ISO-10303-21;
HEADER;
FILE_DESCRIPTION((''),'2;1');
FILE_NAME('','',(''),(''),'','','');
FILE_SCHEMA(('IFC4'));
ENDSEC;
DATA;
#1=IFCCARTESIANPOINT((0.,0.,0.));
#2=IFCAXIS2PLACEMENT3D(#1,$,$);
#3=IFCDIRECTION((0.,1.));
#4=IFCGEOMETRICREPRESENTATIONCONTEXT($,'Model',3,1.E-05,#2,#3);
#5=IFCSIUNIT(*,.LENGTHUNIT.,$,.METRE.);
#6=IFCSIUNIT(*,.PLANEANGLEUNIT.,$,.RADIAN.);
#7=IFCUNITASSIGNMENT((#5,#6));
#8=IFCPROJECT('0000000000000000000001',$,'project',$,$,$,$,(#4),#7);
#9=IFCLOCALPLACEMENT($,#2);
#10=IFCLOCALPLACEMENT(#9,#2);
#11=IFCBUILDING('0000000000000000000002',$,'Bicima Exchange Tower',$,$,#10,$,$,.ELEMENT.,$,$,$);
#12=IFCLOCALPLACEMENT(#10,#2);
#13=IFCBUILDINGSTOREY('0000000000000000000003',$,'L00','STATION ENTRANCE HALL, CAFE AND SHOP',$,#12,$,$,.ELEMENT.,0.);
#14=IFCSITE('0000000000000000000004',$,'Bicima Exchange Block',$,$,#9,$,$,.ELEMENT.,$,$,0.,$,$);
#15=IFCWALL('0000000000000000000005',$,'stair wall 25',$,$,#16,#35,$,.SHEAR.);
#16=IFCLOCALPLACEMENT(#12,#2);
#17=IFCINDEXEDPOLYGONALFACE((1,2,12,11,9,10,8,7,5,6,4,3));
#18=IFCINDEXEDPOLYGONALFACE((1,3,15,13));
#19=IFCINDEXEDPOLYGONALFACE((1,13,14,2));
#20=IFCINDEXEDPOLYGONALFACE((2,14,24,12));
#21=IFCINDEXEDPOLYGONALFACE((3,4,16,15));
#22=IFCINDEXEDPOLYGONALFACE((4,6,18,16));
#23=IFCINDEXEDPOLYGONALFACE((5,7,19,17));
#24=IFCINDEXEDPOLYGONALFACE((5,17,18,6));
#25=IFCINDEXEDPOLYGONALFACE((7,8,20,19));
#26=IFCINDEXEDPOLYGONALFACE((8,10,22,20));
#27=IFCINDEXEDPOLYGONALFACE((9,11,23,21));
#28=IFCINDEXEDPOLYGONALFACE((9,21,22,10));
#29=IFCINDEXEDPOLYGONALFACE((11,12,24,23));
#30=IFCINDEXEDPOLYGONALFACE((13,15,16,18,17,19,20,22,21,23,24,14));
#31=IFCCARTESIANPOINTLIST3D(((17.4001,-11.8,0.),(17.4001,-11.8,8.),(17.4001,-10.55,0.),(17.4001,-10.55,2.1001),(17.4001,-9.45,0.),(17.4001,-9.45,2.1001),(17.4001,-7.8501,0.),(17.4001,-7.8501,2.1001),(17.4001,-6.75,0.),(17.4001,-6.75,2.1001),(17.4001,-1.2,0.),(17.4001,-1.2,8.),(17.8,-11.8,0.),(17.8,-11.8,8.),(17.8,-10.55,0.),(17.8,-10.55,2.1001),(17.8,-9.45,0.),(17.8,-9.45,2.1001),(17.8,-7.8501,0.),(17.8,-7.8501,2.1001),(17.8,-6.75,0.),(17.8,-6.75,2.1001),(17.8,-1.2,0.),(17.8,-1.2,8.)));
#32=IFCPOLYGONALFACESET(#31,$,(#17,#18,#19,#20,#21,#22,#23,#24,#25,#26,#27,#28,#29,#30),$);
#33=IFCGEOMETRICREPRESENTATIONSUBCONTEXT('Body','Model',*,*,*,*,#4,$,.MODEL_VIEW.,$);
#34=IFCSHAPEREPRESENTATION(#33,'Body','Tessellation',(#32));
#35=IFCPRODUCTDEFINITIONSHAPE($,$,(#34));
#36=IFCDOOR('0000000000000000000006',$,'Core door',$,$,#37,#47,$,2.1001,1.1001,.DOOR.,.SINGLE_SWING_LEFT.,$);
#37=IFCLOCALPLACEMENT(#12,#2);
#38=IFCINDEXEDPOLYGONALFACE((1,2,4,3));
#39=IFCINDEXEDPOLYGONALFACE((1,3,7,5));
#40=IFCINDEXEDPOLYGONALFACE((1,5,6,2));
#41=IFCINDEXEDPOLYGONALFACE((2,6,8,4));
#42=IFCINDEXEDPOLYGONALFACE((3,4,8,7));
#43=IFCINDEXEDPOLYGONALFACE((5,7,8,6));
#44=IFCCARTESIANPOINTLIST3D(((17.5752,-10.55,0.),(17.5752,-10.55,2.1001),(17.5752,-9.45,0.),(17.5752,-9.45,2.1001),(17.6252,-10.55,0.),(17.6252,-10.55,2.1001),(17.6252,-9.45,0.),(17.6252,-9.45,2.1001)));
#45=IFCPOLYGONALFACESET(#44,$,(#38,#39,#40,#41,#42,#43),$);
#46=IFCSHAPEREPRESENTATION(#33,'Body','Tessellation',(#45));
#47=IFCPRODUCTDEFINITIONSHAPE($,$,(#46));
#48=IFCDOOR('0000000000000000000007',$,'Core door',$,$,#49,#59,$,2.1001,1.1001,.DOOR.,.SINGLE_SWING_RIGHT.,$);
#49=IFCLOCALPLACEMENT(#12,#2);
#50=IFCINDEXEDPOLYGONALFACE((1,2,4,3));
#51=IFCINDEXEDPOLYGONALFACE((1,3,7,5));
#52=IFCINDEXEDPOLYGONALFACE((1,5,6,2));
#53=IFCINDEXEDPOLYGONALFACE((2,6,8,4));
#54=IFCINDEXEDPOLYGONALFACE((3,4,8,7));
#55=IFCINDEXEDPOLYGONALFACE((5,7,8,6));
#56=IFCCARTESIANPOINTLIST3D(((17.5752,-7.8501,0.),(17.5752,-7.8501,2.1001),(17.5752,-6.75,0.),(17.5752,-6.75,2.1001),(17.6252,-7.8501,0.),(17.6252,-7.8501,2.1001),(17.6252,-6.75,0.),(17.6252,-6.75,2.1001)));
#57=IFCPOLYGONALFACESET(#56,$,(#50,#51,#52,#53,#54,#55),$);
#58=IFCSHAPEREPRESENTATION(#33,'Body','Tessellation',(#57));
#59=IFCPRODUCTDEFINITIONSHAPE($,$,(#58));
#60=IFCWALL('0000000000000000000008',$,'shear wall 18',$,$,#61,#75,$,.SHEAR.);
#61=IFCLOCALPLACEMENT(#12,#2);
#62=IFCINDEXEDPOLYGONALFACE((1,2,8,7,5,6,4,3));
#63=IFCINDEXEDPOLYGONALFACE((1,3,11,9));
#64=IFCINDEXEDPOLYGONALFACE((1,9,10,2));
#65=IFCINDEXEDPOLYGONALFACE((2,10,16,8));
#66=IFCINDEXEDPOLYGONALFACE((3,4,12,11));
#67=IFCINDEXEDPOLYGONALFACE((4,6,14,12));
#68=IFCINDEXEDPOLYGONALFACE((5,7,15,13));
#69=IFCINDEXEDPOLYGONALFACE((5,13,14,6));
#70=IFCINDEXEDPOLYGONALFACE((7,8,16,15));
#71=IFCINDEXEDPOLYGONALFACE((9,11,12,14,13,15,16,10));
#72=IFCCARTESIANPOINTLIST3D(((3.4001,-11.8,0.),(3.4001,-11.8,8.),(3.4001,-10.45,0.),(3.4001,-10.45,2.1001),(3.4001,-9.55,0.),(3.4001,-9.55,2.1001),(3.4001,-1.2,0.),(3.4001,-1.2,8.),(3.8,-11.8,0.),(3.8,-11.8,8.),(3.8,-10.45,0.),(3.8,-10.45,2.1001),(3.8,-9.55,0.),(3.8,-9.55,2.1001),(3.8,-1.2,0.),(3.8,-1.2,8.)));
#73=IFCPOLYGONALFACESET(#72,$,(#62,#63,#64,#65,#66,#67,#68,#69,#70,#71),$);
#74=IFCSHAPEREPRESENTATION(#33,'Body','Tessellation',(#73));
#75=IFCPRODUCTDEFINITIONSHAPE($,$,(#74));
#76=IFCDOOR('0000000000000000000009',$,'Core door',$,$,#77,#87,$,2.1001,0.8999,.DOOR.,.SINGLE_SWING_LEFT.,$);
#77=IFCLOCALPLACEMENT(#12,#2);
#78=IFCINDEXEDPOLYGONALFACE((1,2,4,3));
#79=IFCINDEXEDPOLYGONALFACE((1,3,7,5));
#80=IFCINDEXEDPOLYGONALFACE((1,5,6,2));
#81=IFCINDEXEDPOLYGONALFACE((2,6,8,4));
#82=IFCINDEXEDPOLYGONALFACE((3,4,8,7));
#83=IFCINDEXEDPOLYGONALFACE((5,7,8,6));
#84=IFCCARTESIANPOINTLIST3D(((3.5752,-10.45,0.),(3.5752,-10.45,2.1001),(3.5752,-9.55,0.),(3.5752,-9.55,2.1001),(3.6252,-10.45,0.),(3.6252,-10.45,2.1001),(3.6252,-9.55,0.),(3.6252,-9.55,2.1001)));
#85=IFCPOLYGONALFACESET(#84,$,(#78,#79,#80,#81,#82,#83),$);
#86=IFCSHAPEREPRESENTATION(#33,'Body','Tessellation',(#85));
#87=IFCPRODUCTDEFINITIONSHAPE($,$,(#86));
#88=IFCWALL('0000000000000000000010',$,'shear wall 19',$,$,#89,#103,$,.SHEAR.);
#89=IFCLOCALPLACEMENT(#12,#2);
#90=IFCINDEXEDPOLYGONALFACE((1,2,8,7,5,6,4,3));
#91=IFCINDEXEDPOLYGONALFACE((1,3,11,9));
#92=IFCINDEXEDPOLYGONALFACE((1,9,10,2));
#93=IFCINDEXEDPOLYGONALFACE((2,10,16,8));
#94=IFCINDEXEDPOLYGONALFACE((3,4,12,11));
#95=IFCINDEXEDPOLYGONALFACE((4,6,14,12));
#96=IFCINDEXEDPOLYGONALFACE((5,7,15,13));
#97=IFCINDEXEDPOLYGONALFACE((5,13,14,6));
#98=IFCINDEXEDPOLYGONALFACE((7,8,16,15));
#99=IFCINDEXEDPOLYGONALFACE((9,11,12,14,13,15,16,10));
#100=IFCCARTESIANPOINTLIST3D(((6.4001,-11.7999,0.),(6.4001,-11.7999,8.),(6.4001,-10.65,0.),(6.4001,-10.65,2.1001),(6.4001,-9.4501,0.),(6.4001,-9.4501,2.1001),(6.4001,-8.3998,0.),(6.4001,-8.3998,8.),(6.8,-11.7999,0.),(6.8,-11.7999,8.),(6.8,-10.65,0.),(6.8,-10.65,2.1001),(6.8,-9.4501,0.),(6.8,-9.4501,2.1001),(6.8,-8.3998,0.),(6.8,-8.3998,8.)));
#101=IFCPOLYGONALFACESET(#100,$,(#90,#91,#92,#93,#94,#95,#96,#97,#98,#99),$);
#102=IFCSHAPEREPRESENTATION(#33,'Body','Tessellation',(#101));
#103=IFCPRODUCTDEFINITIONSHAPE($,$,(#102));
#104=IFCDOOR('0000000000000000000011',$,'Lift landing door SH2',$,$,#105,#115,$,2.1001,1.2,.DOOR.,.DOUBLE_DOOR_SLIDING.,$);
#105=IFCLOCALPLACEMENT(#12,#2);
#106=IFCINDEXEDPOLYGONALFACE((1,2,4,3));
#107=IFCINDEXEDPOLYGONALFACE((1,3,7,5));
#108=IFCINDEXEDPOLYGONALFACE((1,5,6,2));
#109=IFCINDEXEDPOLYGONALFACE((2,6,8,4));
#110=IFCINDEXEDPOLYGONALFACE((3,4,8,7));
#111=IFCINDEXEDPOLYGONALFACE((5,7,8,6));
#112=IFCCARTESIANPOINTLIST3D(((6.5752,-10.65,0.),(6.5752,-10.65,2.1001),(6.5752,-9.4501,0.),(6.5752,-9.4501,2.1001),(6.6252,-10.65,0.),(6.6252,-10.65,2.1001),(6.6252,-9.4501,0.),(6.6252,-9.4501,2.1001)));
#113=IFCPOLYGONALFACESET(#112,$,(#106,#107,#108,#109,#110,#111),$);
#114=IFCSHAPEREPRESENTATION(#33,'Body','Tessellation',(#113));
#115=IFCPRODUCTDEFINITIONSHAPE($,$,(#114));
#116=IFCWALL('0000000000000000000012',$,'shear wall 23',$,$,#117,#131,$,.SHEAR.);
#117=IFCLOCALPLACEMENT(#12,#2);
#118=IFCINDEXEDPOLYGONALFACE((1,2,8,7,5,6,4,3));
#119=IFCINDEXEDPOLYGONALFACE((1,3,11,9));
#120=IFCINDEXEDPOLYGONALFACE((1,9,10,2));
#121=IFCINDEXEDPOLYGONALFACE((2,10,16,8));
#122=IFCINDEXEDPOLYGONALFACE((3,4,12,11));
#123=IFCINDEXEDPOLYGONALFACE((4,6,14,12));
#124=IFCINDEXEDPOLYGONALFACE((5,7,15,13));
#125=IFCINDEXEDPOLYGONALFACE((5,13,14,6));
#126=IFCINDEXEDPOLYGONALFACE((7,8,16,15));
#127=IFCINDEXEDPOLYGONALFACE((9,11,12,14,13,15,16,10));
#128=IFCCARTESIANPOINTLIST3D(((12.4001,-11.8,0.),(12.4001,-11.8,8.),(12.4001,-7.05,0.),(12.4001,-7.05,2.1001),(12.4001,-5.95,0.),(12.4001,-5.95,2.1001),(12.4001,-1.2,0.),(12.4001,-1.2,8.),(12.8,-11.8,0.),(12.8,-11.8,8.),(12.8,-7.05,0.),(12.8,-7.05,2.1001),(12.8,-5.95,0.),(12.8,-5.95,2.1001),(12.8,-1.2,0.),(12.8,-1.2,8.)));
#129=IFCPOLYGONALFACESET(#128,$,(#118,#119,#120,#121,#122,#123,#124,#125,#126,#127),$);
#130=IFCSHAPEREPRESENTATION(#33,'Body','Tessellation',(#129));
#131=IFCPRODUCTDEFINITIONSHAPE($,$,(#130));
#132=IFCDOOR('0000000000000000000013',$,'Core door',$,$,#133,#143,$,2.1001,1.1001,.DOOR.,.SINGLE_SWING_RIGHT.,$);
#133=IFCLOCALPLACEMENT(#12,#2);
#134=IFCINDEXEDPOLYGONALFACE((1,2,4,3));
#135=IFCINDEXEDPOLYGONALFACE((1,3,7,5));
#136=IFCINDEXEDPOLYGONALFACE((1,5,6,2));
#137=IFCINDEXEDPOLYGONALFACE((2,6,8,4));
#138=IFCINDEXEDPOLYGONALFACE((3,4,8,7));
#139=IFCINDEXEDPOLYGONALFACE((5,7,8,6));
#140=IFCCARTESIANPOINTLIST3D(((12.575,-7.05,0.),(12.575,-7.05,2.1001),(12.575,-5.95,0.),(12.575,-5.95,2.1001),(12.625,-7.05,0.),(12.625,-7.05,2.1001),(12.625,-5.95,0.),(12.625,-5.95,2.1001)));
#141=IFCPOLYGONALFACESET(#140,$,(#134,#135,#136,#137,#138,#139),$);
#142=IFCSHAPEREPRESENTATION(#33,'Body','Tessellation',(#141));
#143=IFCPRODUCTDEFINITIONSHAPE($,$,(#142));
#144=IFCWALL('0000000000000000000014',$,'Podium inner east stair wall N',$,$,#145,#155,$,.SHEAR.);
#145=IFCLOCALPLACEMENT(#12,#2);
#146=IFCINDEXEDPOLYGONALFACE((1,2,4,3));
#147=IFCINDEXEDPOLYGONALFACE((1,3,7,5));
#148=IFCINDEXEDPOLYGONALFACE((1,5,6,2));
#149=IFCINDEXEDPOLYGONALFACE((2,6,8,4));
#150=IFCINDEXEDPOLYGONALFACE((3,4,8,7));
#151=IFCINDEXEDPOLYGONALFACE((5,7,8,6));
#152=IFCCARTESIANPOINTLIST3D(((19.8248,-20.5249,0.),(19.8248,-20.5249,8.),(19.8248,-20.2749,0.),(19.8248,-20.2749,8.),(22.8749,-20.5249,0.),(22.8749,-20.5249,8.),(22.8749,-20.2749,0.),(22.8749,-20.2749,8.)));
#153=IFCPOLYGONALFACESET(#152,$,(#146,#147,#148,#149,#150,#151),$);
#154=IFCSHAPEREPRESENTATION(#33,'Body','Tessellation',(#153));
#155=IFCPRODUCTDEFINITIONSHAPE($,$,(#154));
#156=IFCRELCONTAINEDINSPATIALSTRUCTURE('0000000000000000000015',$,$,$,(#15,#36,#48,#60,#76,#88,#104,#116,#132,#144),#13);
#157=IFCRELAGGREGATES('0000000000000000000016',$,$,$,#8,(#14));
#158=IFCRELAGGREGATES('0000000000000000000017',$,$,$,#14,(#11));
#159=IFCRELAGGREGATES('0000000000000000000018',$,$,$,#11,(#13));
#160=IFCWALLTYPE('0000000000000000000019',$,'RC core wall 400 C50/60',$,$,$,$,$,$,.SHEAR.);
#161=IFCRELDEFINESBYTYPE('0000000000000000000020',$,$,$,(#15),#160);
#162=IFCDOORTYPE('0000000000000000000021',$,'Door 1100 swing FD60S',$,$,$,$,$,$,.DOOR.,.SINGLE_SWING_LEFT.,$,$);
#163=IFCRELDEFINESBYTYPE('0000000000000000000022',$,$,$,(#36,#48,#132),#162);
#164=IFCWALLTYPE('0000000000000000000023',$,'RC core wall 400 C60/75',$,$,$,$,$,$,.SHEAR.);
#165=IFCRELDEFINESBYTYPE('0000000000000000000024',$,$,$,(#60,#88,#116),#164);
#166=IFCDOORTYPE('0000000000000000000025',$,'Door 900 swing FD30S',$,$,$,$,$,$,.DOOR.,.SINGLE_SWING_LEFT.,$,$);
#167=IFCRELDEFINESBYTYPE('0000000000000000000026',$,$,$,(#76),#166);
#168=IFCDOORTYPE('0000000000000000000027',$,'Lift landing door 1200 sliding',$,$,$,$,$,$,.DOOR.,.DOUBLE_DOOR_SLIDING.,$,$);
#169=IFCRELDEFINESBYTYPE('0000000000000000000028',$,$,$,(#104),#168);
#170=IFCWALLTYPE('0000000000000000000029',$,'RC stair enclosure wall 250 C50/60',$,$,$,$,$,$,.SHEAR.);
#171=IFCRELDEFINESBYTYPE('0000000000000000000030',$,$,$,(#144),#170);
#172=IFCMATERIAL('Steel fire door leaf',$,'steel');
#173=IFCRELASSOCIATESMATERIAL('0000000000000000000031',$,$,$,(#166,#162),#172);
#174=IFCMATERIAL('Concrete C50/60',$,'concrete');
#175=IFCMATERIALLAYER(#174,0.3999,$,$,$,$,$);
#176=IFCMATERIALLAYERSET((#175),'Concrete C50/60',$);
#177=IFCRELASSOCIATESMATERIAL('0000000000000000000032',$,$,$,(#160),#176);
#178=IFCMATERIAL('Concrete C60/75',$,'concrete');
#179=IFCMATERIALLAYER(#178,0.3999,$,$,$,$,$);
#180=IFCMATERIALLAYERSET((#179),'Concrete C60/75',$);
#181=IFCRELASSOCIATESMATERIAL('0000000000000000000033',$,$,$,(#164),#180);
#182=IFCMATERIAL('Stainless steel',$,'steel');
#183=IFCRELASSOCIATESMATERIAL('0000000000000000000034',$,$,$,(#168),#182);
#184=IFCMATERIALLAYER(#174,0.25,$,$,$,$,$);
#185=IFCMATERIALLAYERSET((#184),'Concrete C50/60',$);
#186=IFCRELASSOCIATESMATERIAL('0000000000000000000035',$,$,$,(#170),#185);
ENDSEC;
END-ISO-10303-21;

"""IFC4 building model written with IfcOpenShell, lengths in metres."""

from ifc_helpers import new_model, si_unit, direction, frame, frame_2d, origin, place, context, subcontext, project, spatial, rectangle, extrude, material, layer, layer_set, type_object, element, fill, save


model = new_model("IFC4")

# Units and contexts
model_context = context("Model", 3, precision=1e-05, world=origin(), true_north=direction((0.0, 1.0)))
body_context = subcontext(model_context, "Body", "Model", "MODEL_VIEW")
ifc_project = project(units=[si_unit("LENGTHUNIT", "METRE"), si_unit("PLANEANGLEUNIT", "RADIAN")], contexts=[model_context])

# Site, building, storey
site_placement = place(None, origin())
site = spatial("IfcSite", under=ifc_project, at=site_placement, Name="Bicima Exchange Block", CompositionType="ELEMENT", RefElevation=0.0)
building_placement = place(site_placement, origin())
building = spatial("IfcBuilding", under=site, at=building_placement, Name="Bicima Exchange Tower", CompositionType="ELEMENT")
storey_placement = place(building_placement, origin())
storey = spatial("IfcBuildingStorey", under=building, at=storey_placement, Name="L00", Description="STATION ENTRANCE HALL, CAFE AND SHOP", CompositionType="ELEMENT", Elevation=0.0)

# Shared definitions
ifc_material_1 = material(Name="Concrete C60/75", Category="concrete")

# Shared definitions
ifc_material_2 = material(Name="Steel fire door leaf", Category="steel")
door_type_1 = type_object("IfcDoorType", Name="Door 900 swing FD30S", OperationType="SINGLE_SWING_LEFT", PredefinedType="DOOR", material=ifc_material_2)

# Shared definitions
ifc_material_3 = material(Name="Concrete C50/60", Category="concrete")
ifc_layer_1 = layer(ifc_material_3, 0.3999)
ifc_layer_set_1 = layer_set([ifc_layer_1], Name="Concrete C50/60")
wall_type_1 = type_object("IfcWallType", Name="RC core wall 400 C50/60", PredefinedType="SHEAR", material=ifc_layer_set_1)

# Wall, openings, doors
wall_1_placement = place(storey_placement, frame((17.6001, -11.8, 0.0), z_axis=(0.0, 0.0, 1.0), x_axis=(0.0, 1.0, 0.0)))
wall_1 = element("IfcWall", 1, at=wall_1_placement, inside=storey, type_object=wall_type_1, Name="stair wall 25", PredefinedType="SHEAR", context=body_context, shape_type="SweptSolid", body=[
    extrude(rectangle(XDim=10.6001, YDim=0.3999, at=frame_2d((5.3, 0.0))), origin(), (0.0, 0.0, 1.0), 8.0),
])
opening_1_placement = place(wall_1_placement, frame((1.25, 0.0, 0.0)))
opening_1 = element("IfcOpeningElement", 2, at=opening_1_placement, cuts=wall_1, PredefinedType="OPENING", context=body_context, shape_type="SweptSolid", body=[
    extrude(rectangle(XDim=1.1001, YDim=2.1001, at=frame_2d((0.55, 1.05))), frame((0.0, 0.2119, 0.0), z_axis=(0.0, -1.0, 0.0), x_axis=(1.0, 0.0, 0.0)), (0.0, 0.0, 1.0), 0.4238),
])
opening_2_placement = place(wall_1_placement, frame((3.95, 0.0, 0.0)))
opening_2 = element("IfcOpeningElement", 3, at=opening_2_placement, cuts=wall_1, PredefinedType="OPENING", context=body_context, shape_type="SweptSolid", body=[
    extrude(rectangle(XDim=1.1001, YDim=2.1001, at=frame_2d((0.55, 1.05))), frame((0.0, 0.2119, 0.0), z_axis=(0.0, -1.0, 0.0), x_axis=(1.0, 0.0, 0.0)), (0.0, 0.0, 1.0), 0.4238),
])
door_type_2 = type_object("IfcDoorType", Name="Door 1100 swing FD60S", OperationType="SINGLE_SWING_LEFT", PredefinedType="DOOR", material=ifc_material_2)
door_1_placement = place(opening_1_placement, origin())
door_1 = element("IfcDoor", 4, at=door_1_placement, inside=storey, type_object=door_type_2, Name="Core door", OperationType="SINGLE_SWING_LEFT", OverallHeight=2.1001, OverallWidth=1.1001, PredefinedType="DOOR", context=body_context, shape_type="SweptSolid", body=[
    extrude(rectangle(XDim=1.1001, YDim=2.1001, at=frame_2d((0.55, 1.05))), frame((0.0, 0.0249, 0.0), z_axis=(0.0, -1.0, 0.0), x_axis=(1.0, 0.0, 0.0)), (0.0, 0.0, 1.0), 0.05),
])
fill(opening_1, door_1)
door_2_placement = place(opening_2_placement, origin())
door_2 = element("IfcDoor", 5, at=door_2_placement, inside=storey, type_object=door_type_2, Name="Core door", OperationType="SINGLE_SWING_RIGHT", OverallHeight=2.1001, OverallWidth=1.1001, PredefinedType="DOOR", context=body_context, shape_type="SweptSolid", body=[
    extrude(rectangle(XDim=1.1001, YDim=2.1001, at=frame_2d((0.55, 1.05))), frame((0.0, 0.0249, 0.0), z_axis=(0.0, -1.0, 0.0), x_axis=(1.0, 0.0, 0.0)), (0.0, 0.0, 1.0), 0.05),
])
fill(opening_2, door_2)

# Walls, openings, doors
ifc_layer_2 = layer(ifc_material_1, 0.3999)
ifc_layer_set_2 = layer_set([ifc_layer_2], Name="Concrete C60/75")
wall_type_2 = type_object("IfcWallType", Name="RC core wall 400 C60/75", PredefinedType="SHEAR", material=ifc_layer_set_2)
wall_2_placement = place(storey_placement, frame((3.6001, -11.8, 0.0), z_axis=(0.0, 0.0, 1.0), x_axis=(0.0, 1.0, 0.0)))
wall_2 = element("IfcWall", 6, at=wall_2_placement, inside=storey, type_object=wall_type_2, Name="shear wall 18", PredefinedType="SHEAR", context=body_context, shape_type="SweptSolid", body=[
    extrude(rectangle(XDim=10.6001, YDim=0.3999, at=frame_2d((5.3, 0.0))), origin(), (0.0, 0.0, 1.0), 8.0),
])
opening_3_placement = place(wall_2_placement, frame((1.3501, 0.0, 0.0)))
opening_3 = element("IfcOpeningElement", 7, at=opening_3_placement, cuts=wall_2, PredefinedType="OPENING", context=body_context, shape_type="SweptSolid", body=[
    extrude(rectangle(XDim=0.8999, YDim=2.1001, at=frame_2d((0.45, 1.05))), frame((0.0, 0.2119, 0.0), z_axis=(0.0, -1.0, 0.0), x_axis=(1.0, 0.0, 0.0)), (0.0, 0.0, 1.0), 0.4238),
])
door_3_placement = place(opening_3_placement, origin())
door_3 = element("IfcDoor", 8, at=door_3_placement, inside=storey, type_object=door_type_1, Name="Core door", OperationType="SINGLE_SWING_LEFT", OverallHeight=2.1001, OverallWidth=0.8999, PredefinedType="DOOR", context=body_context, shape_type="SweptSolid", body=[
    extrude(rectangle(XDim=0.8999, YDim=2.1001, at=frame_2d((0.45, 1.05))), frame((0.0, 0.0249, 0.0), z_axis=(0.0, -1.0, 0.0), x_axis=(1.0, 0.0, 0.0)), (0.0, 0.0, 1.0), 0.05),
])
fill(opening_3, door_3)
wall_3_placement = place(storey_placement, frame((6.6001, -11.8, 0.0), z_axis=(0.0, 0.0, 1.0), x_axis=(0.0, 1.0, 0.0)))
wall_3 = element("IfcWall", 9, at=wall_3_placement, inside=storey, type_object=wall_type_2, Name="shear wall 19", PredefinedType="SHEAR", context=body_context, shape_type="SweptSolid", body=[
    extrude(rectangle(XDim=3.4001, YDim=0.3999, at=frame_2d((1.7002, 0.0))), origin(), (0.0, 0.0, 1.0), 8.0),
])
opening_4_placement = place(wall_3_placement, frame((1.1499, 0.0, 0.0)))
opening_4 = element("IfcOpeningElement", 10, at=opening_4_placement, cuts=wall_3, PredefinedType="OPENING", context=body_context, shape_type="SweptSolid", body=[
    extrude(rectangle(XDim=1.2, YDim=2.1001, at=frame_2d((0.6001, 1.05))), frame((0.0, 0.2119, 0.0), z_axis=(0.0, -1.0, 0.0), x_axis=(1.0, 0.0, 0.0)), (0.0, 0.0, 1.0), 0.4238),
])
ifc_material_4 = material(Name="Stainless steel", Category="steel")
door_type_3 = type_object("IfcDoorType", Name="Lift landing door 1200 sliding", OperationType="DOUBLE_DOOR_SLIDING", PredefinedType="DOOR", material=ifc_material_4)
door_4_placement = place(opening_4_placement, origin())
door_4 = element("IfcDoor", 11, at=door_4_placement, inside=storey, type_object=door_type_3, Name="Lift landing door SH2", OperationType="DOUBLE_DOOR_SLIDING", OverallHeight=2.1001, OverallWidth=1.2, PredefinedType="DOOR", context=body_context, shape_type="SweptSolid", body=[
    extrude(rectangle(XDim=1.2, YDim=2.1001, at=frame_2d((0.6001, 1.05))), frame((0.0, 0.0249, 0.0), z_axis=(0.0, -1.0, 0.0), x_axis=(1.0, 0.0, 0.0)), (0.0, 0.0, 1.0), 0.05),
])
fill(opening_4, door_4)
wall_4_placement = place(storey_placement, frame((12.6001, -11.8, 0.0), z_axis=(0.0, 0.0, 1.0), x_axis=(0.0, 1.0, 0.0)))
wall_4 = element("IfcWall", 12, at=wall_4_placement, inside=storey, type_object=wall_type_2, Name="shear wall 23", PredefinedType="SHEAR", context=body_context, shape_type="SweptSolid", body=[
    extrude(rectangle(XDim=10.6001, YDim=0.3999, at=frame_2d((5.3, 0.0))), origin(), (0.0, 0.0, 1.0), 8.0),
])
opening_5_placement = place(wall_4_placement, frame((4.75, 0.0, 0.0)))
opening_5 = element("IfcOpeningElement", 13, at=opening_5_placement, cuts=wall_4, PredefinedType="OPENING", context=body_context, shape_type="SweptSolid", body=[
    extrude(rectangle(XDim=1.1001, YDim=2.1001, at=frame_2d((0.55, 1.05))), frame((0.0, 0.2119, 0.0), z_axis=(0.0, -1.0, 0.0), x_axis=(1.0, 0.0, 0.0)), (0.0, 0.0, 1.0), 0.4238),
])
door_5_placement = place(opening_5_placement, frame((1.1001, 0.0, 0.0), z_axis=(0.0, 0.0, 1.0), x_axis=(-1.0, 0.0, 0.0)))
door_5 = element("IfcDoor", 14, at=door_5_placement, inside=storey, type_object=door_type_2, Name="Core door", OperationType="SINGLE_SWING_RIGHT", OverallHeight=2.1001, OverallWidth=1.1001, PredefinedType="DOOR", context=body_context, shape_type="SweptSolid", body=[
    extrude(rectangle(XDim=1.1001, YDim=2.1001, at=frame_2d((0.55, 1.05))), frame((0.0, 0.0249, 0.0), z_axis=(0.0, -1.0, 0.0), x_axis=(1.0, 0.0, 0.0)), (0.0, 0.0, 1.0), 0.05),
])
fill(opening_5, door_5)

# Wall
ifc_layer_3 = layer(ifc_material_3, 0.25)
ifc_layer_set_3 = layer_set([ifc_layer_3], Name="Concrete C50/60")
wall_type_3 = type_object("IfcWallType", Name="RC stair enclosure wall 250 C50/60", PredefinedType="SHEAR", material=ifc_layer_set_3)
wall_5_placement = place(storey_placement, frame((19.825, -20.3999, 0.0), z_axis=(0.0, 0.0, 1.0), x_axis=(1.0, 0.0, 0.0)))
element("IfcWall", 15, at=wall_5_placement, inside=storey, type_object=wall_type_3, Name="Podium inner east stair wall N", PredefinedType="SHEAR", context=body_context, shape_type="SweptSolid", body=[
    extrude(rectangle(XDim=3.05, YDim=0.25, at=frame_2d((1.5249, 0.0))), origin(), (0.0, 0.0, 1.0), 8.0),
])

save(model, "model.ifc")
